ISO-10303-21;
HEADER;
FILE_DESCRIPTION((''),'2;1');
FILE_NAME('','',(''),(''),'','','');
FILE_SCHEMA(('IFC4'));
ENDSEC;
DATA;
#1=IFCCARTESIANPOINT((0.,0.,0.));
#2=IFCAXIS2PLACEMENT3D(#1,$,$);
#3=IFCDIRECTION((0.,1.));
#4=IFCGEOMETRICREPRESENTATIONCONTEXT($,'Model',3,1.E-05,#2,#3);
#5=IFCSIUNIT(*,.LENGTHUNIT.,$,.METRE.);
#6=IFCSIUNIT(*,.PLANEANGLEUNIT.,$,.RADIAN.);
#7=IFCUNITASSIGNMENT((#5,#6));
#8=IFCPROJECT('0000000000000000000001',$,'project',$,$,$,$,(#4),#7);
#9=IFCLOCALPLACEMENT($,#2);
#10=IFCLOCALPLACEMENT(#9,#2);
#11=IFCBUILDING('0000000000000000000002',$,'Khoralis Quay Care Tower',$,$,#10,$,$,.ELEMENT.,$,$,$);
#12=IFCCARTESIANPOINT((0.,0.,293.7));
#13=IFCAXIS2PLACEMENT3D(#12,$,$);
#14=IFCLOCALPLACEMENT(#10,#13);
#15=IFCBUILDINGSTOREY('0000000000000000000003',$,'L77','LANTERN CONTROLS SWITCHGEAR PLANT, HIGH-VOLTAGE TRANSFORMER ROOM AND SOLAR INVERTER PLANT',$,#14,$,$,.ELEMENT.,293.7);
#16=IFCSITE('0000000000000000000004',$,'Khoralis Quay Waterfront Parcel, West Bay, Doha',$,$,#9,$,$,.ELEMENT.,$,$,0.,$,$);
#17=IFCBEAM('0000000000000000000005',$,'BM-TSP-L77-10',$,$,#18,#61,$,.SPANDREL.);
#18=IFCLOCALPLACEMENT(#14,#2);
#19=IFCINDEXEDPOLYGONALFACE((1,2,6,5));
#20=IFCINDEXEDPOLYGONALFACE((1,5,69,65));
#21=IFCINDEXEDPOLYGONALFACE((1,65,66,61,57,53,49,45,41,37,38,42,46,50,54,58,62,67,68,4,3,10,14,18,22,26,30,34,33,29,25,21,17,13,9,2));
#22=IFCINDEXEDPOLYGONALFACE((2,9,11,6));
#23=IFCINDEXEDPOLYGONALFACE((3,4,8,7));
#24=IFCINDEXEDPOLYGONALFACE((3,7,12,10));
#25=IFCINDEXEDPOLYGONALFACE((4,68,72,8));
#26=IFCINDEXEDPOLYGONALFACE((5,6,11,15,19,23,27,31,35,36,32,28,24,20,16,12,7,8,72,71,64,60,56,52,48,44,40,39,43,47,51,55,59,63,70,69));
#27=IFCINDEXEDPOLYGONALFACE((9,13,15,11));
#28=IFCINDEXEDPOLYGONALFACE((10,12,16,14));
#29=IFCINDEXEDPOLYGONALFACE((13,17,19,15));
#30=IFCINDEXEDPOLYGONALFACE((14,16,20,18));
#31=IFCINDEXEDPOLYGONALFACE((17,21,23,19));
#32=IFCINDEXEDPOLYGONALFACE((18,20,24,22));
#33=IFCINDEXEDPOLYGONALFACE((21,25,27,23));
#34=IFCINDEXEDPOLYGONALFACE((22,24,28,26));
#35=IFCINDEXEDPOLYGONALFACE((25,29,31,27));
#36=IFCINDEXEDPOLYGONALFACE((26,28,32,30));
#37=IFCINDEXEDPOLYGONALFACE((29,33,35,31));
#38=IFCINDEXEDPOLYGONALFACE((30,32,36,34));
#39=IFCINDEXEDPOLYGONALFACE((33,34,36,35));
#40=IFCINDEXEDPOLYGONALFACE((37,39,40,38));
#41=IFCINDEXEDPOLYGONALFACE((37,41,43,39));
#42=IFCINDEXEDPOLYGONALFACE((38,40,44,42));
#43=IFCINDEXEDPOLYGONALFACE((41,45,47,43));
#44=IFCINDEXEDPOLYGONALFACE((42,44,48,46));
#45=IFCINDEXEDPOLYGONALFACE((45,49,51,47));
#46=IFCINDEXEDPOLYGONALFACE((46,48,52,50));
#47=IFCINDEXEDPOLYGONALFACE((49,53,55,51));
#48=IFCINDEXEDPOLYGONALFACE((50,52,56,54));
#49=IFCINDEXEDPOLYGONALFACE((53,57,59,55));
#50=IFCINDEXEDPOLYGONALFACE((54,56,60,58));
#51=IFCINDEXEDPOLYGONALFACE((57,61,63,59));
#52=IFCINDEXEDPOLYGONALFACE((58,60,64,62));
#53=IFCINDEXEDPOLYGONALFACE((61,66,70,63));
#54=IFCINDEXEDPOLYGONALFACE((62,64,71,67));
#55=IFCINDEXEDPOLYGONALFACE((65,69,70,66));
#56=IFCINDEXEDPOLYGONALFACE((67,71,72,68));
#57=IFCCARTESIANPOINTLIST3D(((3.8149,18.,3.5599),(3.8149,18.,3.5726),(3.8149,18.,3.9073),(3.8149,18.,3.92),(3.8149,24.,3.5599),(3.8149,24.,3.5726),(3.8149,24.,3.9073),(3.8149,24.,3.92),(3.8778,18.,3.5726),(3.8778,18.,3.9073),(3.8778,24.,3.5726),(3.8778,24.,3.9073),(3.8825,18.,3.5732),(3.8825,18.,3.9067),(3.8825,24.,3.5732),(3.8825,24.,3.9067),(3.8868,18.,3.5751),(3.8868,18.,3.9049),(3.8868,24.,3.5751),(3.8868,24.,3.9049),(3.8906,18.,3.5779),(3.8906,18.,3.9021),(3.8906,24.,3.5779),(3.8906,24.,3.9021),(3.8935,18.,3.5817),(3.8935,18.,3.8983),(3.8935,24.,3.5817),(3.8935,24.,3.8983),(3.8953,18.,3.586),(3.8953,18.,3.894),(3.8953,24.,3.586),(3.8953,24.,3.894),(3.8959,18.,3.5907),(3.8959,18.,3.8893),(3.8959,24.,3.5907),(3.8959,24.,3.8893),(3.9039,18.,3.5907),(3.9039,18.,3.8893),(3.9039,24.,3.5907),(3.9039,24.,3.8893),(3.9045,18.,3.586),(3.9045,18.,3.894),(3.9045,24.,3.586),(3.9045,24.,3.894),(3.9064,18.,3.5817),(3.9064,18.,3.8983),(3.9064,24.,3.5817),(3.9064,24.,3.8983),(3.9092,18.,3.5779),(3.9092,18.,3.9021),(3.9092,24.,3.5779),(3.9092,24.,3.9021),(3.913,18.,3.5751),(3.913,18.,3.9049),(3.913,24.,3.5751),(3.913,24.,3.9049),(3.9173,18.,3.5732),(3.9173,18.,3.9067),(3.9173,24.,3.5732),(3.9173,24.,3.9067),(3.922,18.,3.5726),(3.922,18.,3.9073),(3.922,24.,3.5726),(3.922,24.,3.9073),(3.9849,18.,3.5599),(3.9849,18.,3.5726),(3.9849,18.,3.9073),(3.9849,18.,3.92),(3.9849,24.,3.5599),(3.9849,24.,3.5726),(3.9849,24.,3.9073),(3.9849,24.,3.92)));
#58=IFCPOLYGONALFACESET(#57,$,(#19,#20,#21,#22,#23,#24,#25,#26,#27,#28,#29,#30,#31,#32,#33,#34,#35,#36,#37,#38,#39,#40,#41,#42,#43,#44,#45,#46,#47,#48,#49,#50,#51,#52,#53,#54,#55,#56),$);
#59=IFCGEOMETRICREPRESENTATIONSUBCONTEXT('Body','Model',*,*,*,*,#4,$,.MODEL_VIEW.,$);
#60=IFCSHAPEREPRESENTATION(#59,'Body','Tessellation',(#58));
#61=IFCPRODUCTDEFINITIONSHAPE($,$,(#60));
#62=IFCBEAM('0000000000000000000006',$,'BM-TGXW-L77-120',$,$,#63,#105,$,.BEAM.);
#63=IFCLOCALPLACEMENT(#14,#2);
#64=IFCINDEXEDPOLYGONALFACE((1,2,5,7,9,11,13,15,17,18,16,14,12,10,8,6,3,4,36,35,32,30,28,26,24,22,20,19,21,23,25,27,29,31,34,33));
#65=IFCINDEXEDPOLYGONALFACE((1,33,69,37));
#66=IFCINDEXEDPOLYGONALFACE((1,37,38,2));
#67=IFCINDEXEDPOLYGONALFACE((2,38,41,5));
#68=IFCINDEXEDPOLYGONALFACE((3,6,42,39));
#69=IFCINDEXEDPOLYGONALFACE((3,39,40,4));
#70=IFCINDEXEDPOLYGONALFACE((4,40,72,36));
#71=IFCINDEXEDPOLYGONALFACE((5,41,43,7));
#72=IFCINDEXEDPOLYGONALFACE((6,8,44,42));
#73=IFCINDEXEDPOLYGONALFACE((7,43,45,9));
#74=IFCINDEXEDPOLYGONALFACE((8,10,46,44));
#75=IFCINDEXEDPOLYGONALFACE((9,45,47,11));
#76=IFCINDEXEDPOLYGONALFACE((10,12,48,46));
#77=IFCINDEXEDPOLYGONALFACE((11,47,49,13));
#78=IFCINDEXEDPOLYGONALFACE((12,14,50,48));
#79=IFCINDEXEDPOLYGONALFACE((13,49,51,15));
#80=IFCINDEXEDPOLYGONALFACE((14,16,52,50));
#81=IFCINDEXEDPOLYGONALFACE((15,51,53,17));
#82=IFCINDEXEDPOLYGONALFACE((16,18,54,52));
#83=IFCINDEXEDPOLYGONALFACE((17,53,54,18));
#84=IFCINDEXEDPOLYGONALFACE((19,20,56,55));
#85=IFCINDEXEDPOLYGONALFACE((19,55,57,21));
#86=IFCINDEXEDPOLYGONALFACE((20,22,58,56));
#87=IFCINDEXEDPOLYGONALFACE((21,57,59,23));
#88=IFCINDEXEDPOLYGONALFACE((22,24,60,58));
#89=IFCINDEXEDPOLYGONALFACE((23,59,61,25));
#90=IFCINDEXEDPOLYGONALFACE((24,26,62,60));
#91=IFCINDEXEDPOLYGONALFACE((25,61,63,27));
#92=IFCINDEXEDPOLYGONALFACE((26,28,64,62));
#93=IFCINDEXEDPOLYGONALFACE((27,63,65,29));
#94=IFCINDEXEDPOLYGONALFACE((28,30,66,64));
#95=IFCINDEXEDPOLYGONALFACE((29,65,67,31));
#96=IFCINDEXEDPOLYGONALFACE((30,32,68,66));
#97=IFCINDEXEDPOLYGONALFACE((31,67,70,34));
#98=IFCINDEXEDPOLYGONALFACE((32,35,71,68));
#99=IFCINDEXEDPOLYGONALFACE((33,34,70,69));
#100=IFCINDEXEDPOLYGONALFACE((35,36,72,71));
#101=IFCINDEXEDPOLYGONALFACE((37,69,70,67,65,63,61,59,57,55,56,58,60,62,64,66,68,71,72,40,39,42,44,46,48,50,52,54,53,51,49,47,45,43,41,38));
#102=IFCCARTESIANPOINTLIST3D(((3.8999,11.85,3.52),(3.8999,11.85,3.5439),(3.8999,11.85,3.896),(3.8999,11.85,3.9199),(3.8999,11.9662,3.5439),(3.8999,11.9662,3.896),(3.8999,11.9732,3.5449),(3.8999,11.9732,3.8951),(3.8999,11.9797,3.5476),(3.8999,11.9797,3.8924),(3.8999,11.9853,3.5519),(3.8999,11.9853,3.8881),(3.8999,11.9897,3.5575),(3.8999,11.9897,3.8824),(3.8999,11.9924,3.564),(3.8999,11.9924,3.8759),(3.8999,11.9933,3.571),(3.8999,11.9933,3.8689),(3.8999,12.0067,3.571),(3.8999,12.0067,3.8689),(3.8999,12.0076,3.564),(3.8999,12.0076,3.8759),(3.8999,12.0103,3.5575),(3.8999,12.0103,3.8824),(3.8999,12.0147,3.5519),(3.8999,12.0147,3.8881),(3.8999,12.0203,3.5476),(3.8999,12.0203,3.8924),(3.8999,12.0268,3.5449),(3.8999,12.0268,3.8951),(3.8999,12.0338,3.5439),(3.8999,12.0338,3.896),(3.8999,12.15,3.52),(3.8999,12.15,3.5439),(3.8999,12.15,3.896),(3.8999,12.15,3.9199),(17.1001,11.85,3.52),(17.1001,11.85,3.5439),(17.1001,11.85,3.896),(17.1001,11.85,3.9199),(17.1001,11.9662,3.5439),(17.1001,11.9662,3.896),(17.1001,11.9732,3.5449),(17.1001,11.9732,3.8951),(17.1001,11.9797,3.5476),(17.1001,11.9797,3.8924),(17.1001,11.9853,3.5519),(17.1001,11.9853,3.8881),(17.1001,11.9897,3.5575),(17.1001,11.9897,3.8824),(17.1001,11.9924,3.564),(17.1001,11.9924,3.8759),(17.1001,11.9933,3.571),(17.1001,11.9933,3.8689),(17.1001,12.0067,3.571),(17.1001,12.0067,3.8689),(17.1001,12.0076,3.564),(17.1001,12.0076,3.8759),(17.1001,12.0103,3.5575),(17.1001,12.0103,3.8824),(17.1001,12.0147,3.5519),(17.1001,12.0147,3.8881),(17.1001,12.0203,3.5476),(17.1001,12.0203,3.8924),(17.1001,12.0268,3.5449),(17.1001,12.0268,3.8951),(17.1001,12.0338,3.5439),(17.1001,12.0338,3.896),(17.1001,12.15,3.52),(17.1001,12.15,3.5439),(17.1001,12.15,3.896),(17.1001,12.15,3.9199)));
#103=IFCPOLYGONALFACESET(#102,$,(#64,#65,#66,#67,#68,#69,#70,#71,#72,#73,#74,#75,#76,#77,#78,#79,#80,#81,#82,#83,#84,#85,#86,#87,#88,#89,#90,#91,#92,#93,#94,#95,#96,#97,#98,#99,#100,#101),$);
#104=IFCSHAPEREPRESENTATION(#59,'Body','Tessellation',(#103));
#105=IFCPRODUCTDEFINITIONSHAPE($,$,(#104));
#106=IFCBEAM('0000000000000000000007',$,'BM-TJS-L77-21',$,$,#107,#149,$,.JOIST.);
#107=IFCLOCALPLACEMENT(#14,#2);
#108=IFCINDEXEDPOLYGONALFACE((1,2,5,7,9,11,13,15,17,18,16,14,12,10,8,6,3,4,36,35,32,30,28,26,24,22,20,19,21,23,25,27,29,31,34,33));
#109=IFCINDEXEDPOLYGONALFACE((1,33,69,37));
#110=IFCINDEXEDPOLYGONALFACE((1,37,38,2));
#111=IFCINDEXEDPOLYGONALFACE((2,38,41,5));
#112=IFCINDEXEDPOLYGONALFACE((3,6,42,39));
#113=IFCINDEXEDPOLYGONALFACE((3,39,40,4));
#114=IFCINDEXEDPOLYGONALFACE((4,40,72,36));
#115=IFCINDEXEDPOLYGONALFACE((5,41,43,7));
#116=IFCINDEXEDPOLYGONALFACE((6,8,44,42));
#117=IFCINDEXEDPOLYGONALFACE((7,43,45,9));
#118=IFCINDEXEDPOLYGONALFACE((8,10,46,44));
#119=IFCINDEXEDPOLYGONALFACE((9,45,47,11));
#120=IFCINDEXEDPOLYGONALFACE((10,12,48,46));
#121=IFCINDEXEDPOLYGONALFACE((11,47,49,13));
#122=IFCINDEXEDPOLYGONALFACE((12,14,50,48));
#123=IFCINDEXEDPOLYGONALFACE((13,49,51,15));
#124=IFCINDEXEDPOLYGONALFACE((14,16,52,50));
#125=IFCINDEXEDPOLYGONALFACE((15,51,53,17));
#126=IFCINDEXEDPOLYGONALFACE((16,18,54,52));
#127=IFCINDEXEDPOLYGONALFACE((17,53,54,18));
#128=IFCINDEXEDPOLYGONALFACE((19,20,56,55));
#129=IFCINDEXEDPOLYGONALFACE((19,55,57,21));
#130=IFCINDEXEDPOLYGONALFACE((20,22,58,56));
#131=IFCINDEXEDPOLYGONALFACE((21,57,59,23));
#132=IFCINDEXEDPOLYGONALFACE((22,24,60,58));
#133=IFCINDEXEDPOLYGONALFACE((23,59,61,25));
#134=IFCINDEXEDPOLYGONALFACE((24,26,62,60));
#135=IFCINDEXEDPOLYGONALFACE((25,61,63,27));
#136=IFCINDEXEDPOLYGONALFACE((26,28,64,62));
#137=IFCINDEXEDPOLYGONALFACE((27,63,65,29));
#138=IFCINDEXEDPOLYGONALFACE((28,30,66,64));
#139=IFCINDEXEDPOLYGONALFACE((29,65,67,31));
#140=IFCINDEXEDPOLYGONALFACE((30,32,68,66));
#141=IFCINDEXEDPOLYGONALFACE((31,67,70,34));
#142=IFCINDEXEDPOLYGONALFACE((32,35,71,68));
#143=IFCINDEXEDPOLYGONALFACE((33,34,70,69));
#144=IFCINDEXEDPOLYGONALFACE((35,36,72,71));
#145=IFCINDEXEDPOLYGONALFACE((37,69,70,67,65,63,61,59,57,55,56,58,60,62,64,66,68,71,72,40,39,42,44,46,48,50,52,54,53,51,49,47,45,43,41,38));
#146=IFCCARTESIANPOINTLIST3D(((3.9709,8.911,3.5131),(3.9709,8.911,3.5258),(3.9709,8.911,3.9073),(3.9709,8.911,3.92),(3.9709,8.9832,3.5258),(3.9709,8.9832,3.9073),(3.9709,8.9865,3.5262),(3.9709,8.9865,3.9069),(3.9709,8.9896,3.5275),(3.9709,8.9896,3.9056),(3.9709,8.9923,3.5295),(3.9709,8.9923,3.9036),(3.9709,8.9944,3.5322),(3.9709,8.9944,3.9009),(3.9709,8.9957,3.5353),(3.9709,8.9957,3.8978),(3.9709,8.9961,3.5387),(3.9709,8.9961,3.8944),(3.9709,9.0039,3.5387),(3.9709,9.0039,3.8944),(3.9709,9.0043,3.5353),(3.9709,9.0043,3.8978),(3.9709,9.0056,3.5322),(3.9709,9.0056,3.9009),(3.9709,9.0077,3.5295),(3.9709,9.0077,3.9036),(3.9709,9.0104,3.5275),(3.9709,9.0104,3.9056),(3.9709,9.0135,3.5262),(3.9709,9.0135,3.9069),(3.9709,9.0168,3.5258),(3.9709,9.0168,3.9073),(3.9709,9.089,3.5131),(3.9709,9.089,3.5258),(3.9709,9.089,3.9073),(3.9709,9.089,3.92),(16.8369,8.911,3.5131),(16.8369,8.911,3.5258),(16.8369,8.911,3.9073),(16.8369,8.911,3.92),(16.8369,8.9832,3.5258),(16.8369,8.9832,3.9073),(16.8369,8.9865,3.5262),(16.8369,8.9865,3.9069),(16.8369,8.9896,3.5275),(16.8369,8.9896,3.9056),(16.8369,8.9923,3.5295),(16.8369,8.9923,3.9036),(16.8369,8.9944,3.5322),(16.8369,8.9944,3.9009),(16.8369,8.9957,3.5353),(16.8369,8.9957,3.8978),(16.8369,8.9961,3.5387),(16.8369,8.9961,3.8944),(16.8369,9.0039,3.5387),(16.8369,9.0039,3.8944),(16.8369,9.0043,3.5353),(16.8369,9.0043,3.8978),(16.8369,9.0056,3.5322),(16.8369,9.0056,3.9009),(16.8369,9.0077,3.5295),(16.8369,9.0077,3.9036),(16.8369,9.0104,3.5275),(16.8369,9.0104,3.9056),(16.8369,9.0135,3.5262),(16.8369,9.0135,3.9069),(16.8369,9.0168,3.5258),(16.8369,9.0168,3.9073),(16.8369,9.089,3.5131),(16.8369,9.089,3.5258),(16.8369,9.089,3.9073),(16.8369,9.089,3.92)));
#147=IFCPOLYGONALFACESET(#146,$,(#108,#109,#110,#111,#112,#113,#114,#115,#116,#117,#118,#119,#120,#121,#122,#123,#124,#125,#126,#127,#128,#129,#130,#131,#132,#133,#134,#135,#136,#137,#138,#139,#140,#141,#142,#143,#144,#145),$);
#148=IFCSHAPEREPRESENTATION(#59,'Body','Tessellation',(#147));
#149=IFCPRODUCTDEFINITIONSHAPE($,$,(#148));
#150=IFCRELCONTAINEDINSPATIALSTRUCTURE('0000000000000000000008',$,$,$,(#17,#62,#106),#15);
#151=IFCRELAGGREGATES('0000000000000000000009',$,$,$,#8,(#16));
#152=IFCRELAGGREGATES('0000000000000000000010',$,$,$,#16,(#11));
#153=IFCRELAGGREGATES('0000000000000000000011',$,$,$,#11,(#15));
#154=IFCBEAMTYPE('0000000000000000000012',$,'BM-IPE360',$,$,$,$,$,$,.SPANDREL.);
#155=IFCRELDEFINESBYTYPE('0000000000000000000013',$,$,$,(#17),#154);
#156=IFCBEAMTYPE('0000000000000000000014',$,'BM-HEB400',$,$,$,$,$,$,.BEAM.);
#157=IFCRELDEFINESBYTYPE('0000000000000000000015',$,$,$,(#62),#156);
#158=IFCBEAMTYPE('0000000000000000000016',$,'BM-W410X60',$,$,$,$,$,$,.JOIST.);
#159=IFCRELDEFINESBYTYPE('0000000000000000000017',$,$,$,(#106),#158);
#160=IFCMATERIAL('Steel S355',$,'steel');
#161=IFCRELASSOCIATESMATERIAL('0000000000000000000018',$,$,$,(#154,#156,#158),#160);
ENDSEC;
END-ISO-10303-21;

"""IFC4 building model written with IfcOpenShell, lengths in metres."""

from ifc_helpers import new_model, si_unit, direction, frame, origin, origin_2d, place, context, subcontext, project, spatial, i_section, extrude, source, transform, mapped, material, material_profile, profile_set, type_object, element, save


model = new_model("IFC4")

# Units and contexts
model_context = context("Model", 3, precision=1e-05, world=origin(), true_north=direction((0.0, 1.0)))
body_context = subcontext(model_context, "Body", "Model", "MODEL_VIEW")
ifc_project = project(units=[si_unit("LENGTHUNIT", "METRE"), si_unit("PLANEANGLEUNIT", "RADIAN")], contexts=[model_context])

# Site, building, storey
site_placement = place(None, origin())
site = spatial("IfcSite", under=ifc_project, at=site_placement, Name="Khoralis Quay Waterfront Parcel, West Bay, Doha", CompositionType="ELEMENT", RefElevation=0.0)
building_placement = place(site_placement, origin())
building = spatial("IfcBuilding", under=site, at=building_placement, Name="Khoralis Quay Care Tower", CompositionType="ELEMENT")
storey_placement = place(building_placement, frame((0.0, 0.0, 293.7)))
storey = spatial("IfcBuildingStorey", under=building, at=storey_placement, Name="L77", Description="LANTERN CONTROLS SWITCHGEAR PLANT, HIGH-VOLTAGE TRANSFORMER ROOM AND SOLAR INVERTER PLANT", CompositionType="ELEMENT", Elevation=293.7)

# Beams
ifc_material_1 = material(Name="Steel S355", Category="steel")
ifc_material_profile_1 = material_profile(ifc_material_1, i_section(OverallWidth=0.1699, OverallDepth=0.3601, WebThickness=0.0081, FlangeThickness=0.0127, FilletRadius=0.0181, at=origin_2d()), Name="Steel S355")
ifc_profile_set_1 = profile_set([ifc_material_profile_1], Name="Steel S355")
beam_type_1 = type_object("IfcBeamType", Name="BM-IPE360", PredefinedType="SPANDREL", material=ifc_profile_set_1)
shared_shape_1 = source(origin(), body_context, "Body", "SweptSolid", [
    extrude(i_section(OverallWidth=0.1699, OverallDepth=0.3601, WebThickness=0.0081, FlangeThickness=0.0127, FilletRadius=0.0181, at=origin_2d()), origin(), (0.0, 0.0, 1.0), 6.0),
])
for number, where, z_axis, x_axis, name in (
    (1, (3.8999, 18.0, 3.74), (0.0, 1.0, 0.0), (-1.0, 0.0, 0.0), "BM-TSP-L77-10"),
):
    element("IfcBeam", number, at=place(storey_placement, frame(where, z_axis=z_axis, x_axis=x_axis)), inside=storey, type_object=beam_type_1, Name=name, PredefinedType="SPANDREL", context=body_context, shape_type="MappedRepresentation", body=[
        mapped(shared_shape_1, transform((0.0, 0.0, 0.0), scale=1.0)),
    ])
ifc_material_profile_2 = material_profile(ifc_material_1, i_section(OverallWidth=0.3, OverallDepth=0.3999, WebThickness=0.0134, FlangeThickness=0.0239, FilletRadius=0.0271, at=origin_2d()), Name="Steel S355")
ifc_profile_set_2 = profile_set([ifc_material_profile_2], Name="Steel S355")
beam_type_2 = type_object("IfcBeamType", Name="BM-HEB400", PredefinedType="BEAM", material=ifc_profile_set_2)
shared_shape_2 = source(origin(), body_context, "Body", "SweptSolid", [
    extrude(i_section(OverallWidth=0.3, OverallDepth=0.3999, WebThickness=0.0134, FlangeThickness=0.0239, FilletRadius=0.0271, at=origin_2d()), origin(), (0.0, 0.0, 1.0), 13.2002),
])
beam_1_placement = place(storey_placement, frame((3.8999, 12.0, 3.72), z_axis=(1.0, 0.0, 0.0), x_axis=(0.0, 1.0, 0.0)))
element("IfcBeam", 2, at=beam_1_placement, inside=storey, type_object=beam_type_2, Name="BM-TGXW-L77-120", PredefinedType="BEAM", context=body_context, shape_type="MappedRepresentation", body=[
    mapped(shared_shape_2, transform((0.0, 0.0, 0.0), scale=1.0)),
])
ifc_material_profile_3 = material_profile(ifc_material_1, i_section(OverallWidth=0.178, OverallDepth=0.407, WebThickness=0.0078, FlangeThickness=0.0127, FilletRadius=0.0129, at=origin_2d()), Name="Steel S355")
ifc_profile_set_3 = profile_set([ifc_material_profile_3], Name="Steel S355")
beam_type_3 = type_object("IfcBeamType", Name="BM-W410X60", PredefinedType="JOIST", material=ifc_profile_set_3)
shared_shape_3 = source(origin(), body_context, "Body", "SweptSolid", [
    extrude(i_section(OverallWidth=0.178, OverallDepth=0.407, WebThickness=0.0078, FlangeThickness=0.0127, FilletRadius=0.0129, at=origin_2d()), origin(), (0.0, 0.0, 1.0), 12.866),
])
beam_2_placement = place(storey_placement, frame((3.9709, 9.0, 3.7166), z_axis=(1.0, 0.0, 0.0), x_axis=(0.0, 1.0, 0.0)))
element("IfcBeam", 3, at=beam_2_placement, inside=storey, type_object=beam_type_3, Name="BM-TJS-L77-21", PredefinedType="JOIST", context=body_context, shape_type="MappedRepresentation", body=[
    mapped(shared_shape_3, transform((0.0, 0.0, 0.0), scale=1.0)),
])

save(model, "model.ifc")
